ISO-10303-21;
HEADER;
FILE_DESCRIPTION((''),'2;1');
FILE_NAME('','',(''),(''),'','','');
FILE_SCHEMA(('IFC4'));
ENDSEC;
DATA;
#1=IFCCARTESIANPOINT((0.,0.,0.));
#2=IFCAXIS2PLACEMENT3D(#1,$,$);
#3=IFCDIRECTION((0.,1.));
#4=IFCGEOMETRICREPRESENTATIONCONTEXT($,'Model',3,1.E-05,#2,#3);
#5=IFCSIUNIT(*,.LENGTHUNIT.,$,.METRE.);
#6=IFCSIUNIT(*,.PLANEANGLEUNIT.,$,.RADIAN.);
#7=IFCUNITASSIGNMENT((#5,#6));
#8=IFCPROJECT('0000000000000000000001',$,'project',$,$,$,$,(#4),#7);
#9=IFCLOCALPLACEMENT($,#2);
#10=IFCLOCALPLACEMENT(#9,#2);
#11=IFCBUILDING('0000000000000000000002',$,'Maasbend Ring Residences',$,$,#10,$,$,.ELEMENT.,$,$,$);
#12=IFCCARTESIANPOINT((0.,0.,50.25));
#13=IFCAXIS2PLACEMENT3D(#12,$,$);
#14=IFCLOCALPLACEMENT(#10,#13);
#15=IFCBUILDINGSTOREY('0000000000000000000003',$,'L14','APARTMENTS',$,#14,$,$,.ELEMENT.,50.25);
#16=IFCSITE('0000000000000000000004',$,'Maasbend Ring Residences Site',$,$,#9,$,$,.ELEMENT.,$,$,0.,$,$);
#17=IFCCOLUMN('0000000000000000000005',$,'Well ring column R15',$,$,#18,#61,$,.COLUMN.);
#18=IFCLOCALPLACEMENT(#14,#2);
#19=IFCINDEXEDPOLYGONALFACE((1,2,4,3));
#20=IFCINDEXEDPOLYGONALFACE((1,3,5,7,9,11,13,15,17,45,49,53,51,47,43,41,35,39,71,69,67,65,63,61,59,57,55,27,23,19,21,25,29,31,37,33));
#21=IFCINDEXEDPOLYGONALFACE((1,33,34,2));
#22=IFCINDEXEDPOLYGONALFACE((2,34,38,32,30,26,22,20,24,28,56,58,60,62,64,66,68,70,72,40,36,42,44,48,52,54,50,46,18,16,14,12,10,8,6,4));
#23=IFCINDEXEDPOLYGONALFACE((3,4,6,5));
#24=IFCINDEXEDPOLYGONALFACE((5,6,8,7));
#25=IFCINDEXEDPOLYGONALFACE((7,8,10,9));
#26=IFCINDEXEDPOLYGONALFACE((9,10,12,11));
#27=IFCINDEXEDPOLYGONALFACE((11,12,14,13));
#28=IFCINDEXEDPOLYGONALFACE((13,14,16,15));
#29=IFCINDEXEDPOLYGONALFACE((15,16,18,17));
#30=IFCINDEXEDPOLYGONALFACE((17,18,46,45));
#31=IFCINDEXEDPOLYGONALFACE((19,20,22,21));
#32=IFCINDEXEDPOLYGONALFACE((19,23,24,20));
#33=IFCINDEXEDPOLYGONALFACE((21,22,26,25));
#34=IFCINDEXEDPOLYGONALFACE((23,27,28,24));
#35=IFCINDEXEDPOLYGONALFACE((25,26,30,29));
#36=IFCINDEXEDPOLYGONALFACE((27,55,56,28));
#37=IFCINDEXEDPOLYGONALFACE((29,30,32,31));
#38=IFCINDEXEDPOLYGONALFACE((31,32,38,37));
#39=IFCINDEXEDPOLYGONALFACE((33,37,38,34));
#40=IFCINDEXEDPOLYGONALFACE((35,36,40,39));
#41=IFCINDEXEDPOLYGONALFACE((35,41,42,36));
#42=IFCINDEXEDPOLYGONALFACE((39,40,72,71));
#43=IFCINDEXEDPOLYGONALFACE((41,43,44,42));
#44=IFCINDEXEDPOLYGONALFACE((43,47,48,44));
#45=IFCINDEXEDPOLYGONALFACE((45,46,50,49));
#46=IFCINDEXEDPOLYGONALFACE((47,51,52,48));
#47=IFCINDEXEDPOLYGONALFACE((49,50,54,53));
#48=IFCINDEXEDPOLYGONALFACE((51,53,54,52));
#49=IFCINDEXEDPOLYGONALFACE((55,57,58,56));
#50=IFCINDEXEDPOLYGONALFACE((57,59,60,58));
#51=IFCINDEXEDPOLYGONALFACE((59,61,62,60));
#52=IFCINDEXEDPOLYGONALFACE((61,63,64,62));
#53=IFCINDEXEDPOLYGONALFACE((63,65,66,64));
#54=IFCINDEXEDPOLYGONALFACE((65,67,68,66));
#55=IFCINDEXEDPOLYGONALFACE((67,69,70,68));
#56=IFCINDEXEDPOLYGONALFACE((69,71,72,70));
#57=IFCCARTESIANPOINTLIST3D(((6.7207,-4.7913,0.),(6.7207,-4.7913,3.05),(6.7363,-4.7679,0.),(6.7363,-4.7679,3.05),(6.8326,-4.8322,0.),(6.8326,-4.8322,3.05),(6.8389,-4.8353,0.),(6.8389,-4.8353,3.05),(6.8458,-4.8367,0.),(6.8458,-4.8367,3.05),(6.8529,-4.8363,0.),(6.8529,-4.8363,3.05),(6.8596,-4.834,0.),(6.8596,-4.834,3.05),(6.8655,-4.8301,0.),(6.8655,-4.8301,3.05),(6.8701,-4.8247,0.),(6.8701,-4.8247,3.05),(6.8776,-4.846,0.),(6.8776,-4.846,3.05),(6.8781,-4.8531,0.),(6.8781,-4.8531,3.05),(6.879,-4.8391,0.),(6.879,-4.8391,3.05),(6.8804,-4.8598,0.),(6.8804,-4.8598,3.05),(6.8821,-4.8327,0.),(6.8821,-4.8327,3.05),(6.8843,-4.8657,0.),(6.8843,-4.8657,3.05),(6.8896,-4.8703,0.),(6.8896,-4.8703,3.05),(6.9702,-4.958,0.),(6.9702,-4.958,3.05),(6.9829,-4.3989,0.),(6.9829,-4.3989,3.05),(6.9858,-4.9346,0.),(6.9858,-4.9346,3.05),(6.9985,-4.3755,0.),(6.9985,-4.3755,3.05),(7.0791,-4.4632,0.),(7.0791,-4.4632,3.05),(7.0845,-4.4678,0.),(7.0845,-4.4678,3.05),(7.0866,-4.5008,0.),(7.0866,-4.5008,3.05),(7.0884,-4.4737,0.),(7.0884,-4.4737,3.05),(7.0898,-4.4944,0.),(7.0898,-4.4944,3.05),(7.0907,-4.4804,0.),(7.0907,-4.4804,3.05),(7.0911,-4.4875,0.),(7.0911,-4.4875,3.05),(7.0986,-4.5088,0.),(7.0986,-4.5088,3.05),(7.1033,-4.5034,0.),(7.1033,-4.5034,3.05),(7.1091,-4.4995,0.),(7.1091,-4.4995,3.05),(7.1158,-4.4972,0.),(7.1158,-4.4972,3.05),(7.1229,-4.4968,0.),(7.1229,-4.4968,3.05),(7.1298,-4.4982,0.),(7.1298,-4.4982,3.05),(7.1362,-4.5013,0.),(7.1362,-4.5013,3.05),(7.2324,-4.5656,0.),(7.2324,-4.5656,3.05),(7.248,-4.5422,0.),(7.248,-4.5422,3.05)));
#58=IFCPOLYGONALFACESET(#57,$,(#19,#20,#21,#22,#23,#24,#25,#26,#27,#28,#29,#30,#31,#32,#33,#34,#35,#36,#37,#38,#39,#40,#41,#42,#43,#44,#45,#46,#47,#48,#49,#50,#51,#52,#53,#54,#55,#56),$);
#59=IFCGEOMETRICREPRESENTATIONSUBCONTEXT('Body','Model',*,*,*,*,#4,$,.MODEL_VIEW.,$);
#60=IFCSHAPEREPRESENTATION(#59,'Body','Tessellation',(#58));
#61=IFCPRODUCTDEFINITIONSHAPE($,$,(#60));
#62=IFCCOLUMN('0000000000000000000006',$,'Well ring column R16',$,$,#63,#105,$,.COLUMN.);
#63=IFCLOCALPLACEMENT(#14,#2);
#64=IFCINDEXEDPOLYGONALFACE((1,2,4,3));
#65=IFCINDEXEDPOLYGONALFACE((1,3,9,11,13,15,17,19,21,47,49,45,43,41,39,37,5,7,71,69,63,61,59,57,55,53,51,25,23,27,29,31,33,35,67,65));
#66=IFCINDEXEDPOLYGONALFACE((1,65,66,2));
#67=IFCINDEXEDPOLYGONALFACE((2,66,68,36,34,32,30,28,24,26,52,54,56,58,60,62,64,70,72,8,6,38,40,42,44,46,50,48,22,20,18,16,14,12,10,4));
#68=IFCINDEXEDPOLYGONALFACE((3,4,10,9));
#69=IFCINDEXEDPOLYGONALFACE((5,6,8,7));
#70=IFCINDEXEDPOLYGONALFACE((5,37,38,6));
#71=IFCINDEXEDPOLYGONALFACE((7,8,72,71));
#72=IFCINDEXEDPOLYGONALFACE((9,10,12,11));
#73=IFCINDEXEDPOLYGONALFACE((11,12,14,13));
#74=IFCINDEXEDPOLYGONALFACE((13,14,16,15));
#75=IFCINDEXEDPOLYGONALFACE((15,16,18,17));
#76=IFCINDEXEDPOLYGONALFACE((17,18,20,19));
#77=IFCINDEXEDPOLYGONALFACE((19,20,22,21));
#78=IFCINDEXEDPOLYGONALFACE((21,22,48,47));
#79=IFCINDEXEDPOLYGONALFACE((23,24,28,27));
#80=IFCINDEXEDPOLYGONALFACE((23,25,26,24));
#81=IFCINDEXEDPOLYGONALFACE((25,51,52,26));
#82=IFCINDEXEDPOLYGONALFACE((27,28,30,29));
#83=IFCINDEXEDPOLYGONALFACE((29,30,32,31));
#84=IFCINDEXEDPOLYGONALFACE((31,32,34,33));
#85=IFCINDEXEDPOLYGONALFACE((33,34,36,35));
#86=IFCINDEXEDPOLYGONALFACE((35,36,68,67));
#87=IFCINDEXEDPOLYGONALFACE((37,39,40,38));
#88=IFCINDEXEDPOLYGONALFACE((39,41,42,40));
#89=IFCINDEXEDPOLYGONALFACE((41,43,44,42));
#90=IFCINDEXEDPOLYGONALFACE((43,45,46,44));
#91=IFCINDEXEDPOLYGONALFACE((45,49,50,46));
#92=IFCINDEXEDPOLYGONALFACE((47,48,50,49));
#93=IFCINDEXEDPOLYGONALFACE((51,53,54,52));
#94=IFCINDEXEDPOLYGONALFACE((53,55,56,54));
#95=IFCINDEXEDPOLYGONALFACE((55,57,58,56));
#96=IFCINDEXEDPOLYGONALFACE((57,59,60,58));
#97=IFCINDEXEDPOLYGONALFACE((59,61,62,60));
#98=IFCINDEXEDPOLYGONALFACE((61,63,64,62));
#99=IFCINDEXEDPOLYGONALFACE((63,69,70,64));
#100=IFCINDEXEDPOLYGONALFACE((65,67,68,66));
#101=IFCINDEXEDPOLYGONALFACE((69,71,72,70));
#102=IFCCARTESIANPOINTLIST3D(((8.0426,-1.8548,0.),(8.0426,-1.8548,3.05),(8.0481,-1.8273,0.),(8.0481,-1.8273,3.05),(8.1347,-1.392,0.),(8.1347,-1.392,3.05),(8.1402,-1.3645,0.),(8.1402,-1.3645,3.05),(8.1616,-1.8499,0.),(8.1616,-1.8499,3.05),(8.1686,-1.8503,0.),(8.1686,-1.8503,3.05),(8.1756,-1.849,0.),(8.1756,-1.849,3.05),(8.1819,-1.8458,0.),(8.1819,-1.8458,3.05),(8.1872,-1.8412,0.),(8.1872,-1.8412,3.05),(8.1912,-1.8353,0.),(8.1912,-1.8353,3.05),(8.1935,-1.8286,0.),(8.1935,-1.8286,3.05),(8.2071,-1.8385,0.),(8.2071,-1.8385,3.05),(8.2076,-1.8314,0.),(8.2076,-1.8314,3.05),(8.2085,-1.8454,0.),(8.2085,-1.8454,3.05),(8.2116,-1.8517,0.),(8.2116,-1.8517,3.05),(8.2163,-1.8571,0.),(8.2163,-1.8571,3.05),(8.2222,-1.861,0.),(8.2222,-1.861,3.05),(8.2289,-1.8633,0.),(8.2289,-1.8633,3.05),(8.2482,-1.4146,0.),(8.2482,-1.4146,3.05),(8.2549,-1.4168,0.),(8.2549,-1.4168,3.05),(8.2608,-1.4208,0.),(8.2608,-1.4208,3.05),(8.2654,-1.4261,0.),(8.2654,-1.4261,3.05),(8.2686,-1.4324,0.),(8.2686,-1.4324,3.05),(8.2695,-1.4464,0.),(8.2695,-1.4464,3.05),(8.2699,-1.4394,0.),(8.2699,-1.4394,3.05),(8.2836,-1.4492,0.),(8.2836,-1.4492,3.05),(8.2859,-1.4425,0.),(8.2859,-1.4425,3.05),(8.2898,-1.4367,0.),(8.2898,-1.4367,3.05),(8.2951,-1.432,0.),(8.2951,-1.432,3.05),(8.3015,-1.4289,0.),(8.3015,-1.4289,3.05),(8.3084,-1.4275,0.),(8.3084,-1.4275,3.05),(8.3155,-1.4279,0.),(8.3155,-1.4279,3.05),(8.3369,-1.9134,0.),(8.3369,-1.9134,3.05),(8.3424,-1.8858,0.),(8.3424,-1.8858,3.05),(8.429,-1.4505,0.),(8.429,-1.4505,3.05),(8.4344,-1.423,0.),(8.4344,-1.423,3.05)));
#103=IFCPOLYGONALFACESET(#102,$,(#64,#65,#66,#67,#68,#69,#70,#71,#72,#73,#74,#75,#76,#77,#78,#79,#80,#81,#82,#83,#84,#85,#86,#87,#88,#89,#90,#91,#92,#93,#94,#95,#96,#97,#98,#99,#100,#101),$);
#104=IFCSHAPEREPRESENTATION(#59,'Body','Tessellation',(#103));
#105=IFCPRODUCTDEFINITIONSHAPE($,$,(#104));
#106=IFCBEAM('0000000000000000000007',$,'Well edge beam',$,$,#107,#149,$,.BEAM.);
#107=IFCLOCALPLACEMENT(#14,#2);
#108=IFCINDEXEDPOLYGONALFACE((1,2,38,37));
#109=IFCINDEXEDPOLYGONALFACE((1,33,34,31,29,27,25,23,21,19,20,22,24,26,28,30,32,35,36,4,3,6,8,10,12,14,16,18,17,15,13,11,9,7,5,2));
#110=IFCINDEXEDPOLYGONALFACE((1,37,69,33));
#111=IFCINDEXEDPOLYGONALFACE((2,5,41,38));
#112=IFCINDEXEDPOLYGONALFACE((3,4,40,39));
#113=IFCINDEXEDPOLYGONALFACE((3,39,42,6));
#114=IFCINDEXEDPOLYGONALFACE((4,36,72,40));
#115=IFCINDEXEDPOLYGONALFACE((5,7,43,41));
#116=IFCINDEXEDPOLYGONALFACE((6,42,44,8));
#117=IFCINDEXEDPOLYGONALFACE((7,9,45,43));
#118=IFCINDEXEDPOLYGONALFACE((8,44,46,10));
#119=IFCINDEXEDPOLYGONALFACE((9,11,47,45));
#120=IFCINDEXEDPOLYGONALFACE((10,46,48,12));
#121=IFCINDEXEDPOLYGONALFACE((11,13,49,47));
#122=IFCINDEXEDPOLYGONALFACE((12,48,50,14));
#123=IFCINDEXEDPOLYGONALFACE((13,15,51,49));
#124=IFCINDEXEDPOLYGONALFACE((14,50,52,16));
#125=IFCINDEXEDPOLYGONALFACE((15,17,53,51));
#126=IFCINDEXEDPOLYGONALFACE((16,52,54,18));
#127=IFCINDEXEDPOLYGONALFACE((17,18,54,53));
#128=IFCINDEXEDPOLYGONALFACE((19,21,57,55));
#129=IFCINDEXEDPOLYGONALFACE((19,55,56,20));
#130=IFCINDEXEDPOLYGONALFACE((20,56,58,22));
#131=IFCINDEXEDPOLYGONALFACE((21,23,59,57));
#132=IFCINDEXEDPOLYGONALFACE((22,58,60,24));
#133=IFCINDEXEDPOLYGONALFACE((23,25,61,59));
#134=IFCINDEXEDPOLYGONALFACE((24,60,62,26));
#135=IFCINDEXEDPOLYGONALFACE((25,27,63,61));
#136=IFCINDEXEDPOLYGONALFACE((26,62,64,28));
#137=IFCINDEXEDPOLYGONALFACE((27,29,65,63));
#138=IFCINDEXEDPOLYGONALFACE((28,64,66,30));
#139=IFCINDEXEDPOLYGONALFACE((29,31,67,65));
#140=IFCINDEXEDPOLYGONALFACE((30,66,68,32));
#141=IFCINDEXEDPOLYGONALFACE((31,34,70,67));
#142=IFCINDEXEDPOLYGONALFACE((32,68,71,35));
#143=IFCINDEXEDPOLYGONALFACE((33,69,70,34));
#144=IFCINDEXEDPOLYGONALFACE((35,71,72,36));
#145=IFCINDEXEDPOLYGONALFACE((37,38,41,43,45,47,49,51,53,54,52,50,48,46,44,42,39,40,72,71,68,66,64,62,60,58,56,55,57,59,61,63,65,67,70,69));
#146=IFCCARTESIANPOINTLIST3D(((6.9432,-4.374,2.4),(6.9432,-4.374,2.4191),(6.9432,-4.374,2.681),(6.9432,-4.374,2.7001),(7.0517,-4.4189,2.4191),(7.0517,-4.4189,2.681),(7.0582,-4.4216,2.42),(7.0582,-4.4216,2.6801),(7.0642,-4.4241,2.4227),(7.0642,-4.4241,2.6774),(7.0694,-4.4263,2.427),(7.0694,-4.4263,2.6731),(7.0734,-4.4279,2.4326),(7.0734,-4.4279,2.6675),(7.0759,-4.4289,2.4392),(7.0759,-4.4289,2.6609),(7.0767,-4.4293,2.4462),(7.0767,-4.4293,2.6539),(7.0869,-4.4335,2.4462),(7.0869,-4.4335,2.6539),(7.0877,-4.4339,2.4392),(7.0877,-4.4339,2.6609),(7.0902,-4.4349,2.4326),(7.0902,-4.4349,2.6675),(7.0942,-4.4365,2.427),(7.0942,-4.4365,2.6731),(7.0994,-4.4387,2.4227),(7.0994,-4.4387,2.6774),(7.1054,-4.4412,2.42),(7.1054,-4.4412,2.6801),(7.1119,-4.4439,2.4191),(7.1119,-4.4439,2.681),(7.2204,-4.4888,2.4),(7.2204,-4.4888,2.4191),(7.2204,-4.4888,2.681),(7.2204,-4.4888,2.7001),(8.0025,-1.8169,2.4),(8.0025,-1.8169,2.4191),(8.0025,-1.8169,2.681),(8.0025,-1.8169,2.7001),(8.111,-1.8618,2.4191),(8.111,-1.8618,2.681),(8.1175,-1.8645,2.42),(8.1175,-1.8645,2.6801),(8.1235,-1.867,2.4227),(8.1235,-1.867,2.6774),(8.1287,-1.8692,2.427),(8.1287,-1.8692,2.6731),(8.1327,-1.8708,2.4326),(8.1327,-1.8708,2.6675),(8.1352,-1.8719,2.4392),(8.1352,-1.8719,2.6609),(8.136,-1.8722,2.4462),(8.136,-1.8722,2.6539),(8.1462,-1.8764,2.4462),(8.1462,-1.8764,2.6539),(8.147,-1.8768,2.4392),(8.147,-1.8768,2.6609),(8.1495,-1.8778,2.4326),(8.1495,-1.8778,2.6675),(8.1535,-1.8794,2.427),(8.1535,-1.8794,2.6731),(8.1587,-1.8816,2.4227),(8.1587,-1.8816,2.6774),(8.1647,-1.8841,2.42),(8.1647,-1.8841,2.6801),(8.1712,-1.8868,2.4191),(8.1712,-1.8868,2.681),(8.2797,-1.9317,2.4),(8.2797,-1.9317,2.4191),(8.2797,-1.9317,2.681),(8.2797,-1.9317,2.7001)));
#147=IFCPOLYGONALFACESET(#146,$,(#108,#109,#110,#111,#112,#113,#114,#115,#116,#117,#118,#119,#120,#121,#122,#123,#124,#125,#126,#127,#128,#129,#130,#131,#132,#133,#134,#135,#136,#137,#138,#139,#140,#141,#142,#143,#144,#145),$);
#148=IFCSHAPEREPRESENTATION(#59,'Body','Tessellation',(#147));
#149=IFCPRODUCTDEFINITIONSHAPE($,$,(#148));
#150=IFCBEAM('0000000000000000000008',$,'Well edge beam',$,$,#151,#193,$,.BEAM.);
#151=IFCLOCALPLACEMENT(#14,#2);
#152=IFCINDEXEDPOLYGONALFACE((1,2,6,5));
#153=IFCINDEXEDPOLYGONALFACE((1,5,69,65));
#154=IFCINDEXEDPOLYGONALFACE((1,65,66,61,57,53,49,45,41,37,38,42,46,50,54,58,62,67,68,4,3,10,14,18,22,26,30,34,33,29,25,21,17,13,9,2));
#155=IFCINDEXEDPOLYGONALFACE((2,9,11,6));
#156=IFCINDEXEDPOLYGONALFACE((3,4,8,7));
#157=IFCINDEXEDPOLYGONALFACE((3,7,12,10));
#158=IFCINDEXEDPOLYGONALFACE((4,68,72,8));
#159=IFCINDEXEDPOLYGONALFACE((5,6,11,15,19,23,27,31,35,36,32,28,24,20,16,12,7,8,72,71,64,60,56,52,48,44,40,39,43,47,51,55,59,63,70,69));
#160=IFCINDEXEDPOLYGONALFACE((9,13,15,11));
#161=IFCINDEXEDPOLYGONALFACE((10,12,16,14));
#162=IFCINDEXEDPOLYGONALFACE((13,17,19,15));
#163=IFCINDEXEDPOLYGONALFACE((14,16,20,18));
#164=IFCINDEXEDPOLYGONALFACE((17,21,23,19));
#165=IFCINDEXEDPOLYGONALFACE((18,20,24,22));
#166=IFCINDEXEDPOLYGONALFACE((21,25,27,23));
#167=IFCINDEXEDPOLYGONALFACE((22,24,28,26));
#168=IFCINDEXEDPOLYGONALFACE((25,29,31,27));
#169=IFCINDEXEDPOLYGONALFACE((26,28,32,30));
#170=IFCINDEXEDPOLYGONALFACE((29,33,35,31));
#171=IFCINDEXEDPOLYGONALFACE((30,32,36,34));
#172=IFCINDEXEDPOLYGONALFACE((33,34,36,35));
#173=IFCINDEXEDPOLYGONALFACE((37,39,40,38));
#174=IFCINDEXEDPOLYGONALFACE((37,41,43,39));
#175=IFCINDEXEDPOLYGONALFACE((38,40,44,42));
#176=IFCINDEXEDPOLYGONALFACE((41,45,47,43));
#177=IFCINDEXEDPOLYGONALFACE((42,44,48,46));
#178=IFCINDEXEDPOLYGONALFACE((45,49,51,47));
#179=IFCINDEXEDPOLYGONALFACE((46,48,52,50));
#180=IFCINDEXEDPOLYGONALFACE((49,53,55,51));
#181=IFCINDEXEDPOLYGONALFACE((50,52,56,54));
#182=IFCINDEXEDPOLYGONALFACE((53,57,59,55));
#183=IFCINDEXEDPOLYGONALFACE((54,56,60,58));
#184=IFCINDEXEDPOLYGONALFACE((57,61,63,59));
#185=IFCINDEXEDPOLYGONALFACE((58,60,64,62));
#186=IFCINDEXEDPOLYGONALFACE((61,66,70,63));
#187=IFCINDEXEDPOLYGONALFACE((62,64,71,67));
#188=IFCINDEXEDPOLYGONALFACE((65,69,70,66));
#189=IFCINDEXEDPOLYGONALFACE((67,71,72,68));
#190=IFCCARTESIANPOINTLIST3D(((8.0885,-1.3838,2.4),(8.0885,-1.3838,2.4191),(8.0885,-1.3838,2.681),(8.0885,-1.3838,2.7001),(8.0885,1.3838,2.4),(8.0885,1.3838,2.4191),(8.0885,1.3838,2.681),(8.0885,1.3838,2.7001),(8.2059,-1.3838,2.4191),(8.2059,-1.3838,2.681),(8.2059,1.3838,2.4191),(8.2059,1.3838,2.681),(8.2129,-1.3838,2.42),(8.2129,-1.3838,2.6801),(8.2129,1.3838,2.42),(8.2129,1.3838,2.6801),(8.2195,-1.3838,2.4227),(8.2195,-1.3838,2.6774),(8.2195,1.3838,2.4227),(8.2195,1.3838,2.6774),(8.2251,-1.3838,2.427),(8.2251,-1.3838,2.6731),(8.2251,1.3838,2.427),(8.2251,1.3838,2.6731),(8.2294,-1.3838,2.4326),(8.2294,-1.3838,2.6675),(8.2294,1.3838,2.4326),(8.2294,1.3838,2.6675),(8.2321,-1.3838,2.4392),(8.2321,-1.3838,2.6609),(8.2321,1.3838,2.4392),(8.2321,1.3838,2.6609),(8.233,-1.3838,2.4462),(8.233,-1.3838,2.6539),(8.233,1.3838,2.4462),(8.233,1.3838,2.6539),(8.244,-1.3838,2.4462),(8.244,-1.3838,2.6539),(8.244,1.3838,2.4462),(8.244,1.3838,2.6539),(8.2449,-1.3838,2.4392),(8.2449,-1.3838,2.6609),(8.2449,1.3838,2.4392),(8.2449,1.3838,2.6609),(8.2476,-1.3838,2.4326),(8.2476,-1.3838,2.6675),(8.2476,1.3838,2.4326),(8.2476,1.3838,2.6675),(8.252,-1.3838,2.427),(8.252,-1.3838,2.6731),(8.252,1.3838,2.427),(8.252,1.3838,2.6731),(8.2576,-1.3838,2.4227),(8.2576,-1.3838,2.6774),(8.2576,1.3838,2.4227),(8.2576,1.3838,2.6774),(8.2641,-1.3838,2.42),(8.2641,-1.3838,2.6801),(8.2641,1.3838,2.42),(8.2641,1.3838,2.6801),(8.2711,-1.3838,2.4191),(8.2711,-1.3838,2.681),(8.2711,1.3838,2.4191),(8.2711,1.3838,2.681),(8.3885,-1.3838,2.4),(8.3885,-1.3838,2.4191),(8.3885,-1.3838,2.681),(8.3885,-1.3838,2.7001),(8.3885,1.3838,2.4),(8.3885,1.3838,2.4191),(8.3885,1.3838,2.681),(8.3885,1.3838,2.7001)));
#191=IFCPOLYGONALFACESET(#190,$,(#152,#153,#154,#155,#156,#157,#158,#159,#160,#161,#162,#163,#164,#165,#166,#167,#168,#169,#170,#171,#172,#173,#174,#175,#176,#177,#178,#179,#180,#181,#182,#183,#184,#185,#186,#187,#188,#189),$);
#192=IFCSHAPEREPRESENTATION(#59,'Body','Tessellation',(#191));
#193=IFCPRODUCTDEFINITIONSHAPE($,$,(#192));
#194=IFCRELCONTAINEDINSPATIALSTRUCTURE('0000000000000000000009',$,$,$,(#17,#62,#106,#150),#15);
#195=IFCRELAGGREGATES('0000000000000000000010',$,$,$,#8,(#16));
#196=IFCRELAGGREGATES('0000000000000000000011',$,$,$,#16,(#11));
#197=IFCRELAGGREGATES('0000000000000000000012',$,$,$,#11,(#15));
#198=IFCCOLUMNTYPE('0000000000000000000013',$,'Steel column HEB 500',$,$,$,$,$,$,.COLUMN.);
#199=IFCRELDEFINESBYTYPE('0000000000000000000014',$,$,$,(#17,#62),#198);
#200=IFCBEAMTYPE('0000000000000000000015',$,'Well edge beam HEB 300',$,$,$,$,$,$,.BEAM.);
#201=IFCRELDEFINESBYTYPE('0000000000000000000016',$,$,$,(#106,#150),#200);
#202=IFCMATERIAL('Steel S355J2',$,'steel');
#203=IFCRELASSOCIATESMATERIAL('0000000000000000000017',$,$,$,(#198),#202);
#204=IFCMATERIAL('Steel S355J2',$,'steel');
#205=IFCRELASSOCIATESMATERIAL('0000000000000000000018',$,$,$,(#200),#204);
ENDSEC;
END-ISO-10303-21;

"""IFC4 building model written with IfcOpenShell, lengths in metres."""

from ifc_helpers import new_model, si_unit, direction, frame, origin, origin_2d, place, context, subcontext, project, spatial, i_section, extrude, material, material_profile, profile_set, type_object, element, save


model = new_model("IFC4")

# Units and contexts
model_context = context("Model", 3, precision=1e-05, world=origin(), true_north=direction((0.0, 1.0)))
body_context = subcontext(model_context, "Body", "Model", "MODEL_VIEW")
ifc_project = project(units=[si_unit("LENGTHUNIT", "METRE"), si_unit("PLANEANGLEUNIT", "RADIAN")], contexts=[model_context])

# Site, building, storey
site_placement = place(None, origin())
site = spatial("IfcSite", under=ifc_project, at=site_placement, Name="Maasbend Ring Residences Site", CompositionType="ELEMENT", RefElevation=0.0)
building_placement = place(site_placement, origin())
building = spatial("IfcBuilding", under=site, at=building_placement, Name="Maasbend Ring Residences", CompositionType="ELEMENT")
storey_placement = place(building_placement, frame((0.0, 0.0, 50.25)))
storey = spatial("IfcBuildingStorey", under=building, at=storey_placement, Name="L14", Description="APARTMENTS", CompositionType="ELEMENT", Elevation=50.25)

# Columns
ifc_material_1 = material(Name="Steel S355J2", Category="steel")
ifc_material_profile_1 = material_profile(ifc_material_1, i_section(OverallWidth=0.3, OverallDepth=0.5, WebThickness=0.0144, FlangeThickness=0.0281, FilletRadius=0.0271, at=origin_2d()), Name="HEB 500")
ifc_profile_set_1 = profile_set([ifc_material_profile_1], Name="Steel S355J2")
column_type = type_object("IfcColumnType", Name="Steel column HEB 500", PredefinedType="COLUMN", material=ifc_profile_set_1)
for number, where, z_axis, x_axis, name in (
    (1, (6.9844, -4.6667, 0.0), (0.0, 0.0, 1.0), (0.83147, -0.55557, 0.0), "Well ring column R15"),
    (2, (8.2385, -1.6389, 0.0), (0.0, 0.0, 1.0), (0.980785, -0.19509, 0.0), "Well ring column R16"),
):
    element("IfcColumn", number, at=place(storey_placement, frame(where, z_axis=z_axis, x_axis=x_axis)), inside=storey, type_object=column_type, Name=name, PredefinedType="COLUMN", context=body_context, shape_type="SweptSolid", body=[
        extrude(i_section(OverallWidth=0.3, OverallDepth=0.5, WebThickness=0.0144, FlangeThickness=0.0281, FilletRadius=0.0271, at=origin_2d()), origin(), (0.0, 0.0, 1.0), 3.05),
    ])

# Beams
ifc_material_2 = material(Name="Steel S355J2", Category="steel")
ifc_material_profile_2 = material_profile(ifc_material_2, i_section(OverallWidth=0.3, OverallDepth=0.3, WebThickness=0.011, FlangeThickness=0.019, FilletRadius=0.0271, at=origin_2d()), Name="HEB 300")
ifc_profile_set_2 = profile_set([ifc_material_profile_2], Name="Steel S355J2")
beam_type = type_object("IfcBeamType", Name="Well edge beam HEB 300", PredefinedType="BEAM", material=ifc_profile_set_2)
beam_1_placement = place(storey_placement, frame((7.0818, -4.4314, 2.55), z_axis=(0.382723, 0.923863, 0.0), x_axis=(-0.923863, 0.382723, 0.0)))
element("IfcBeam", 3, at=beam_1_placement, inside=storey, type_object=beam_type, Name="Well edge beam", PredefinedType="BEAM", context=body_context, shape_type="SweptSolid", body=[
    extrude(i_section(OverallWidth=0.3, OverallDepth=0.3, WebThickness=0.011, FlangeThickness=0.019, FilletRadius=0.0271, at=origin_2d()), origin(), (0.0, 0.0, 1.0), 2.7678),
])
beam_2_placement = place(storey_placement, frame((8.2385, -1.3838, 2.55), z_axis=(0.0, 1.0, 0.0), x_axis=(-1.0, 0.0, 0.0)))
element("IfcBeam", 4, at=beam_2_placement, inside=storey, type_object=beam_type, Name="Well edge beam", PredefinedType="BEAM", context=body_context, shape_type="SweptSolid", body=[
    extrude(i_section(OverallWidth=0.3, OverallDepth=0.3, WebThickness=0.011, FlangeThickness=0.019, FilletRadius=0.0271, at=origin_2d()), origin(), (0.0, 0.0, 1.0), 2.7676),
])

save(model, "model.ifc")
